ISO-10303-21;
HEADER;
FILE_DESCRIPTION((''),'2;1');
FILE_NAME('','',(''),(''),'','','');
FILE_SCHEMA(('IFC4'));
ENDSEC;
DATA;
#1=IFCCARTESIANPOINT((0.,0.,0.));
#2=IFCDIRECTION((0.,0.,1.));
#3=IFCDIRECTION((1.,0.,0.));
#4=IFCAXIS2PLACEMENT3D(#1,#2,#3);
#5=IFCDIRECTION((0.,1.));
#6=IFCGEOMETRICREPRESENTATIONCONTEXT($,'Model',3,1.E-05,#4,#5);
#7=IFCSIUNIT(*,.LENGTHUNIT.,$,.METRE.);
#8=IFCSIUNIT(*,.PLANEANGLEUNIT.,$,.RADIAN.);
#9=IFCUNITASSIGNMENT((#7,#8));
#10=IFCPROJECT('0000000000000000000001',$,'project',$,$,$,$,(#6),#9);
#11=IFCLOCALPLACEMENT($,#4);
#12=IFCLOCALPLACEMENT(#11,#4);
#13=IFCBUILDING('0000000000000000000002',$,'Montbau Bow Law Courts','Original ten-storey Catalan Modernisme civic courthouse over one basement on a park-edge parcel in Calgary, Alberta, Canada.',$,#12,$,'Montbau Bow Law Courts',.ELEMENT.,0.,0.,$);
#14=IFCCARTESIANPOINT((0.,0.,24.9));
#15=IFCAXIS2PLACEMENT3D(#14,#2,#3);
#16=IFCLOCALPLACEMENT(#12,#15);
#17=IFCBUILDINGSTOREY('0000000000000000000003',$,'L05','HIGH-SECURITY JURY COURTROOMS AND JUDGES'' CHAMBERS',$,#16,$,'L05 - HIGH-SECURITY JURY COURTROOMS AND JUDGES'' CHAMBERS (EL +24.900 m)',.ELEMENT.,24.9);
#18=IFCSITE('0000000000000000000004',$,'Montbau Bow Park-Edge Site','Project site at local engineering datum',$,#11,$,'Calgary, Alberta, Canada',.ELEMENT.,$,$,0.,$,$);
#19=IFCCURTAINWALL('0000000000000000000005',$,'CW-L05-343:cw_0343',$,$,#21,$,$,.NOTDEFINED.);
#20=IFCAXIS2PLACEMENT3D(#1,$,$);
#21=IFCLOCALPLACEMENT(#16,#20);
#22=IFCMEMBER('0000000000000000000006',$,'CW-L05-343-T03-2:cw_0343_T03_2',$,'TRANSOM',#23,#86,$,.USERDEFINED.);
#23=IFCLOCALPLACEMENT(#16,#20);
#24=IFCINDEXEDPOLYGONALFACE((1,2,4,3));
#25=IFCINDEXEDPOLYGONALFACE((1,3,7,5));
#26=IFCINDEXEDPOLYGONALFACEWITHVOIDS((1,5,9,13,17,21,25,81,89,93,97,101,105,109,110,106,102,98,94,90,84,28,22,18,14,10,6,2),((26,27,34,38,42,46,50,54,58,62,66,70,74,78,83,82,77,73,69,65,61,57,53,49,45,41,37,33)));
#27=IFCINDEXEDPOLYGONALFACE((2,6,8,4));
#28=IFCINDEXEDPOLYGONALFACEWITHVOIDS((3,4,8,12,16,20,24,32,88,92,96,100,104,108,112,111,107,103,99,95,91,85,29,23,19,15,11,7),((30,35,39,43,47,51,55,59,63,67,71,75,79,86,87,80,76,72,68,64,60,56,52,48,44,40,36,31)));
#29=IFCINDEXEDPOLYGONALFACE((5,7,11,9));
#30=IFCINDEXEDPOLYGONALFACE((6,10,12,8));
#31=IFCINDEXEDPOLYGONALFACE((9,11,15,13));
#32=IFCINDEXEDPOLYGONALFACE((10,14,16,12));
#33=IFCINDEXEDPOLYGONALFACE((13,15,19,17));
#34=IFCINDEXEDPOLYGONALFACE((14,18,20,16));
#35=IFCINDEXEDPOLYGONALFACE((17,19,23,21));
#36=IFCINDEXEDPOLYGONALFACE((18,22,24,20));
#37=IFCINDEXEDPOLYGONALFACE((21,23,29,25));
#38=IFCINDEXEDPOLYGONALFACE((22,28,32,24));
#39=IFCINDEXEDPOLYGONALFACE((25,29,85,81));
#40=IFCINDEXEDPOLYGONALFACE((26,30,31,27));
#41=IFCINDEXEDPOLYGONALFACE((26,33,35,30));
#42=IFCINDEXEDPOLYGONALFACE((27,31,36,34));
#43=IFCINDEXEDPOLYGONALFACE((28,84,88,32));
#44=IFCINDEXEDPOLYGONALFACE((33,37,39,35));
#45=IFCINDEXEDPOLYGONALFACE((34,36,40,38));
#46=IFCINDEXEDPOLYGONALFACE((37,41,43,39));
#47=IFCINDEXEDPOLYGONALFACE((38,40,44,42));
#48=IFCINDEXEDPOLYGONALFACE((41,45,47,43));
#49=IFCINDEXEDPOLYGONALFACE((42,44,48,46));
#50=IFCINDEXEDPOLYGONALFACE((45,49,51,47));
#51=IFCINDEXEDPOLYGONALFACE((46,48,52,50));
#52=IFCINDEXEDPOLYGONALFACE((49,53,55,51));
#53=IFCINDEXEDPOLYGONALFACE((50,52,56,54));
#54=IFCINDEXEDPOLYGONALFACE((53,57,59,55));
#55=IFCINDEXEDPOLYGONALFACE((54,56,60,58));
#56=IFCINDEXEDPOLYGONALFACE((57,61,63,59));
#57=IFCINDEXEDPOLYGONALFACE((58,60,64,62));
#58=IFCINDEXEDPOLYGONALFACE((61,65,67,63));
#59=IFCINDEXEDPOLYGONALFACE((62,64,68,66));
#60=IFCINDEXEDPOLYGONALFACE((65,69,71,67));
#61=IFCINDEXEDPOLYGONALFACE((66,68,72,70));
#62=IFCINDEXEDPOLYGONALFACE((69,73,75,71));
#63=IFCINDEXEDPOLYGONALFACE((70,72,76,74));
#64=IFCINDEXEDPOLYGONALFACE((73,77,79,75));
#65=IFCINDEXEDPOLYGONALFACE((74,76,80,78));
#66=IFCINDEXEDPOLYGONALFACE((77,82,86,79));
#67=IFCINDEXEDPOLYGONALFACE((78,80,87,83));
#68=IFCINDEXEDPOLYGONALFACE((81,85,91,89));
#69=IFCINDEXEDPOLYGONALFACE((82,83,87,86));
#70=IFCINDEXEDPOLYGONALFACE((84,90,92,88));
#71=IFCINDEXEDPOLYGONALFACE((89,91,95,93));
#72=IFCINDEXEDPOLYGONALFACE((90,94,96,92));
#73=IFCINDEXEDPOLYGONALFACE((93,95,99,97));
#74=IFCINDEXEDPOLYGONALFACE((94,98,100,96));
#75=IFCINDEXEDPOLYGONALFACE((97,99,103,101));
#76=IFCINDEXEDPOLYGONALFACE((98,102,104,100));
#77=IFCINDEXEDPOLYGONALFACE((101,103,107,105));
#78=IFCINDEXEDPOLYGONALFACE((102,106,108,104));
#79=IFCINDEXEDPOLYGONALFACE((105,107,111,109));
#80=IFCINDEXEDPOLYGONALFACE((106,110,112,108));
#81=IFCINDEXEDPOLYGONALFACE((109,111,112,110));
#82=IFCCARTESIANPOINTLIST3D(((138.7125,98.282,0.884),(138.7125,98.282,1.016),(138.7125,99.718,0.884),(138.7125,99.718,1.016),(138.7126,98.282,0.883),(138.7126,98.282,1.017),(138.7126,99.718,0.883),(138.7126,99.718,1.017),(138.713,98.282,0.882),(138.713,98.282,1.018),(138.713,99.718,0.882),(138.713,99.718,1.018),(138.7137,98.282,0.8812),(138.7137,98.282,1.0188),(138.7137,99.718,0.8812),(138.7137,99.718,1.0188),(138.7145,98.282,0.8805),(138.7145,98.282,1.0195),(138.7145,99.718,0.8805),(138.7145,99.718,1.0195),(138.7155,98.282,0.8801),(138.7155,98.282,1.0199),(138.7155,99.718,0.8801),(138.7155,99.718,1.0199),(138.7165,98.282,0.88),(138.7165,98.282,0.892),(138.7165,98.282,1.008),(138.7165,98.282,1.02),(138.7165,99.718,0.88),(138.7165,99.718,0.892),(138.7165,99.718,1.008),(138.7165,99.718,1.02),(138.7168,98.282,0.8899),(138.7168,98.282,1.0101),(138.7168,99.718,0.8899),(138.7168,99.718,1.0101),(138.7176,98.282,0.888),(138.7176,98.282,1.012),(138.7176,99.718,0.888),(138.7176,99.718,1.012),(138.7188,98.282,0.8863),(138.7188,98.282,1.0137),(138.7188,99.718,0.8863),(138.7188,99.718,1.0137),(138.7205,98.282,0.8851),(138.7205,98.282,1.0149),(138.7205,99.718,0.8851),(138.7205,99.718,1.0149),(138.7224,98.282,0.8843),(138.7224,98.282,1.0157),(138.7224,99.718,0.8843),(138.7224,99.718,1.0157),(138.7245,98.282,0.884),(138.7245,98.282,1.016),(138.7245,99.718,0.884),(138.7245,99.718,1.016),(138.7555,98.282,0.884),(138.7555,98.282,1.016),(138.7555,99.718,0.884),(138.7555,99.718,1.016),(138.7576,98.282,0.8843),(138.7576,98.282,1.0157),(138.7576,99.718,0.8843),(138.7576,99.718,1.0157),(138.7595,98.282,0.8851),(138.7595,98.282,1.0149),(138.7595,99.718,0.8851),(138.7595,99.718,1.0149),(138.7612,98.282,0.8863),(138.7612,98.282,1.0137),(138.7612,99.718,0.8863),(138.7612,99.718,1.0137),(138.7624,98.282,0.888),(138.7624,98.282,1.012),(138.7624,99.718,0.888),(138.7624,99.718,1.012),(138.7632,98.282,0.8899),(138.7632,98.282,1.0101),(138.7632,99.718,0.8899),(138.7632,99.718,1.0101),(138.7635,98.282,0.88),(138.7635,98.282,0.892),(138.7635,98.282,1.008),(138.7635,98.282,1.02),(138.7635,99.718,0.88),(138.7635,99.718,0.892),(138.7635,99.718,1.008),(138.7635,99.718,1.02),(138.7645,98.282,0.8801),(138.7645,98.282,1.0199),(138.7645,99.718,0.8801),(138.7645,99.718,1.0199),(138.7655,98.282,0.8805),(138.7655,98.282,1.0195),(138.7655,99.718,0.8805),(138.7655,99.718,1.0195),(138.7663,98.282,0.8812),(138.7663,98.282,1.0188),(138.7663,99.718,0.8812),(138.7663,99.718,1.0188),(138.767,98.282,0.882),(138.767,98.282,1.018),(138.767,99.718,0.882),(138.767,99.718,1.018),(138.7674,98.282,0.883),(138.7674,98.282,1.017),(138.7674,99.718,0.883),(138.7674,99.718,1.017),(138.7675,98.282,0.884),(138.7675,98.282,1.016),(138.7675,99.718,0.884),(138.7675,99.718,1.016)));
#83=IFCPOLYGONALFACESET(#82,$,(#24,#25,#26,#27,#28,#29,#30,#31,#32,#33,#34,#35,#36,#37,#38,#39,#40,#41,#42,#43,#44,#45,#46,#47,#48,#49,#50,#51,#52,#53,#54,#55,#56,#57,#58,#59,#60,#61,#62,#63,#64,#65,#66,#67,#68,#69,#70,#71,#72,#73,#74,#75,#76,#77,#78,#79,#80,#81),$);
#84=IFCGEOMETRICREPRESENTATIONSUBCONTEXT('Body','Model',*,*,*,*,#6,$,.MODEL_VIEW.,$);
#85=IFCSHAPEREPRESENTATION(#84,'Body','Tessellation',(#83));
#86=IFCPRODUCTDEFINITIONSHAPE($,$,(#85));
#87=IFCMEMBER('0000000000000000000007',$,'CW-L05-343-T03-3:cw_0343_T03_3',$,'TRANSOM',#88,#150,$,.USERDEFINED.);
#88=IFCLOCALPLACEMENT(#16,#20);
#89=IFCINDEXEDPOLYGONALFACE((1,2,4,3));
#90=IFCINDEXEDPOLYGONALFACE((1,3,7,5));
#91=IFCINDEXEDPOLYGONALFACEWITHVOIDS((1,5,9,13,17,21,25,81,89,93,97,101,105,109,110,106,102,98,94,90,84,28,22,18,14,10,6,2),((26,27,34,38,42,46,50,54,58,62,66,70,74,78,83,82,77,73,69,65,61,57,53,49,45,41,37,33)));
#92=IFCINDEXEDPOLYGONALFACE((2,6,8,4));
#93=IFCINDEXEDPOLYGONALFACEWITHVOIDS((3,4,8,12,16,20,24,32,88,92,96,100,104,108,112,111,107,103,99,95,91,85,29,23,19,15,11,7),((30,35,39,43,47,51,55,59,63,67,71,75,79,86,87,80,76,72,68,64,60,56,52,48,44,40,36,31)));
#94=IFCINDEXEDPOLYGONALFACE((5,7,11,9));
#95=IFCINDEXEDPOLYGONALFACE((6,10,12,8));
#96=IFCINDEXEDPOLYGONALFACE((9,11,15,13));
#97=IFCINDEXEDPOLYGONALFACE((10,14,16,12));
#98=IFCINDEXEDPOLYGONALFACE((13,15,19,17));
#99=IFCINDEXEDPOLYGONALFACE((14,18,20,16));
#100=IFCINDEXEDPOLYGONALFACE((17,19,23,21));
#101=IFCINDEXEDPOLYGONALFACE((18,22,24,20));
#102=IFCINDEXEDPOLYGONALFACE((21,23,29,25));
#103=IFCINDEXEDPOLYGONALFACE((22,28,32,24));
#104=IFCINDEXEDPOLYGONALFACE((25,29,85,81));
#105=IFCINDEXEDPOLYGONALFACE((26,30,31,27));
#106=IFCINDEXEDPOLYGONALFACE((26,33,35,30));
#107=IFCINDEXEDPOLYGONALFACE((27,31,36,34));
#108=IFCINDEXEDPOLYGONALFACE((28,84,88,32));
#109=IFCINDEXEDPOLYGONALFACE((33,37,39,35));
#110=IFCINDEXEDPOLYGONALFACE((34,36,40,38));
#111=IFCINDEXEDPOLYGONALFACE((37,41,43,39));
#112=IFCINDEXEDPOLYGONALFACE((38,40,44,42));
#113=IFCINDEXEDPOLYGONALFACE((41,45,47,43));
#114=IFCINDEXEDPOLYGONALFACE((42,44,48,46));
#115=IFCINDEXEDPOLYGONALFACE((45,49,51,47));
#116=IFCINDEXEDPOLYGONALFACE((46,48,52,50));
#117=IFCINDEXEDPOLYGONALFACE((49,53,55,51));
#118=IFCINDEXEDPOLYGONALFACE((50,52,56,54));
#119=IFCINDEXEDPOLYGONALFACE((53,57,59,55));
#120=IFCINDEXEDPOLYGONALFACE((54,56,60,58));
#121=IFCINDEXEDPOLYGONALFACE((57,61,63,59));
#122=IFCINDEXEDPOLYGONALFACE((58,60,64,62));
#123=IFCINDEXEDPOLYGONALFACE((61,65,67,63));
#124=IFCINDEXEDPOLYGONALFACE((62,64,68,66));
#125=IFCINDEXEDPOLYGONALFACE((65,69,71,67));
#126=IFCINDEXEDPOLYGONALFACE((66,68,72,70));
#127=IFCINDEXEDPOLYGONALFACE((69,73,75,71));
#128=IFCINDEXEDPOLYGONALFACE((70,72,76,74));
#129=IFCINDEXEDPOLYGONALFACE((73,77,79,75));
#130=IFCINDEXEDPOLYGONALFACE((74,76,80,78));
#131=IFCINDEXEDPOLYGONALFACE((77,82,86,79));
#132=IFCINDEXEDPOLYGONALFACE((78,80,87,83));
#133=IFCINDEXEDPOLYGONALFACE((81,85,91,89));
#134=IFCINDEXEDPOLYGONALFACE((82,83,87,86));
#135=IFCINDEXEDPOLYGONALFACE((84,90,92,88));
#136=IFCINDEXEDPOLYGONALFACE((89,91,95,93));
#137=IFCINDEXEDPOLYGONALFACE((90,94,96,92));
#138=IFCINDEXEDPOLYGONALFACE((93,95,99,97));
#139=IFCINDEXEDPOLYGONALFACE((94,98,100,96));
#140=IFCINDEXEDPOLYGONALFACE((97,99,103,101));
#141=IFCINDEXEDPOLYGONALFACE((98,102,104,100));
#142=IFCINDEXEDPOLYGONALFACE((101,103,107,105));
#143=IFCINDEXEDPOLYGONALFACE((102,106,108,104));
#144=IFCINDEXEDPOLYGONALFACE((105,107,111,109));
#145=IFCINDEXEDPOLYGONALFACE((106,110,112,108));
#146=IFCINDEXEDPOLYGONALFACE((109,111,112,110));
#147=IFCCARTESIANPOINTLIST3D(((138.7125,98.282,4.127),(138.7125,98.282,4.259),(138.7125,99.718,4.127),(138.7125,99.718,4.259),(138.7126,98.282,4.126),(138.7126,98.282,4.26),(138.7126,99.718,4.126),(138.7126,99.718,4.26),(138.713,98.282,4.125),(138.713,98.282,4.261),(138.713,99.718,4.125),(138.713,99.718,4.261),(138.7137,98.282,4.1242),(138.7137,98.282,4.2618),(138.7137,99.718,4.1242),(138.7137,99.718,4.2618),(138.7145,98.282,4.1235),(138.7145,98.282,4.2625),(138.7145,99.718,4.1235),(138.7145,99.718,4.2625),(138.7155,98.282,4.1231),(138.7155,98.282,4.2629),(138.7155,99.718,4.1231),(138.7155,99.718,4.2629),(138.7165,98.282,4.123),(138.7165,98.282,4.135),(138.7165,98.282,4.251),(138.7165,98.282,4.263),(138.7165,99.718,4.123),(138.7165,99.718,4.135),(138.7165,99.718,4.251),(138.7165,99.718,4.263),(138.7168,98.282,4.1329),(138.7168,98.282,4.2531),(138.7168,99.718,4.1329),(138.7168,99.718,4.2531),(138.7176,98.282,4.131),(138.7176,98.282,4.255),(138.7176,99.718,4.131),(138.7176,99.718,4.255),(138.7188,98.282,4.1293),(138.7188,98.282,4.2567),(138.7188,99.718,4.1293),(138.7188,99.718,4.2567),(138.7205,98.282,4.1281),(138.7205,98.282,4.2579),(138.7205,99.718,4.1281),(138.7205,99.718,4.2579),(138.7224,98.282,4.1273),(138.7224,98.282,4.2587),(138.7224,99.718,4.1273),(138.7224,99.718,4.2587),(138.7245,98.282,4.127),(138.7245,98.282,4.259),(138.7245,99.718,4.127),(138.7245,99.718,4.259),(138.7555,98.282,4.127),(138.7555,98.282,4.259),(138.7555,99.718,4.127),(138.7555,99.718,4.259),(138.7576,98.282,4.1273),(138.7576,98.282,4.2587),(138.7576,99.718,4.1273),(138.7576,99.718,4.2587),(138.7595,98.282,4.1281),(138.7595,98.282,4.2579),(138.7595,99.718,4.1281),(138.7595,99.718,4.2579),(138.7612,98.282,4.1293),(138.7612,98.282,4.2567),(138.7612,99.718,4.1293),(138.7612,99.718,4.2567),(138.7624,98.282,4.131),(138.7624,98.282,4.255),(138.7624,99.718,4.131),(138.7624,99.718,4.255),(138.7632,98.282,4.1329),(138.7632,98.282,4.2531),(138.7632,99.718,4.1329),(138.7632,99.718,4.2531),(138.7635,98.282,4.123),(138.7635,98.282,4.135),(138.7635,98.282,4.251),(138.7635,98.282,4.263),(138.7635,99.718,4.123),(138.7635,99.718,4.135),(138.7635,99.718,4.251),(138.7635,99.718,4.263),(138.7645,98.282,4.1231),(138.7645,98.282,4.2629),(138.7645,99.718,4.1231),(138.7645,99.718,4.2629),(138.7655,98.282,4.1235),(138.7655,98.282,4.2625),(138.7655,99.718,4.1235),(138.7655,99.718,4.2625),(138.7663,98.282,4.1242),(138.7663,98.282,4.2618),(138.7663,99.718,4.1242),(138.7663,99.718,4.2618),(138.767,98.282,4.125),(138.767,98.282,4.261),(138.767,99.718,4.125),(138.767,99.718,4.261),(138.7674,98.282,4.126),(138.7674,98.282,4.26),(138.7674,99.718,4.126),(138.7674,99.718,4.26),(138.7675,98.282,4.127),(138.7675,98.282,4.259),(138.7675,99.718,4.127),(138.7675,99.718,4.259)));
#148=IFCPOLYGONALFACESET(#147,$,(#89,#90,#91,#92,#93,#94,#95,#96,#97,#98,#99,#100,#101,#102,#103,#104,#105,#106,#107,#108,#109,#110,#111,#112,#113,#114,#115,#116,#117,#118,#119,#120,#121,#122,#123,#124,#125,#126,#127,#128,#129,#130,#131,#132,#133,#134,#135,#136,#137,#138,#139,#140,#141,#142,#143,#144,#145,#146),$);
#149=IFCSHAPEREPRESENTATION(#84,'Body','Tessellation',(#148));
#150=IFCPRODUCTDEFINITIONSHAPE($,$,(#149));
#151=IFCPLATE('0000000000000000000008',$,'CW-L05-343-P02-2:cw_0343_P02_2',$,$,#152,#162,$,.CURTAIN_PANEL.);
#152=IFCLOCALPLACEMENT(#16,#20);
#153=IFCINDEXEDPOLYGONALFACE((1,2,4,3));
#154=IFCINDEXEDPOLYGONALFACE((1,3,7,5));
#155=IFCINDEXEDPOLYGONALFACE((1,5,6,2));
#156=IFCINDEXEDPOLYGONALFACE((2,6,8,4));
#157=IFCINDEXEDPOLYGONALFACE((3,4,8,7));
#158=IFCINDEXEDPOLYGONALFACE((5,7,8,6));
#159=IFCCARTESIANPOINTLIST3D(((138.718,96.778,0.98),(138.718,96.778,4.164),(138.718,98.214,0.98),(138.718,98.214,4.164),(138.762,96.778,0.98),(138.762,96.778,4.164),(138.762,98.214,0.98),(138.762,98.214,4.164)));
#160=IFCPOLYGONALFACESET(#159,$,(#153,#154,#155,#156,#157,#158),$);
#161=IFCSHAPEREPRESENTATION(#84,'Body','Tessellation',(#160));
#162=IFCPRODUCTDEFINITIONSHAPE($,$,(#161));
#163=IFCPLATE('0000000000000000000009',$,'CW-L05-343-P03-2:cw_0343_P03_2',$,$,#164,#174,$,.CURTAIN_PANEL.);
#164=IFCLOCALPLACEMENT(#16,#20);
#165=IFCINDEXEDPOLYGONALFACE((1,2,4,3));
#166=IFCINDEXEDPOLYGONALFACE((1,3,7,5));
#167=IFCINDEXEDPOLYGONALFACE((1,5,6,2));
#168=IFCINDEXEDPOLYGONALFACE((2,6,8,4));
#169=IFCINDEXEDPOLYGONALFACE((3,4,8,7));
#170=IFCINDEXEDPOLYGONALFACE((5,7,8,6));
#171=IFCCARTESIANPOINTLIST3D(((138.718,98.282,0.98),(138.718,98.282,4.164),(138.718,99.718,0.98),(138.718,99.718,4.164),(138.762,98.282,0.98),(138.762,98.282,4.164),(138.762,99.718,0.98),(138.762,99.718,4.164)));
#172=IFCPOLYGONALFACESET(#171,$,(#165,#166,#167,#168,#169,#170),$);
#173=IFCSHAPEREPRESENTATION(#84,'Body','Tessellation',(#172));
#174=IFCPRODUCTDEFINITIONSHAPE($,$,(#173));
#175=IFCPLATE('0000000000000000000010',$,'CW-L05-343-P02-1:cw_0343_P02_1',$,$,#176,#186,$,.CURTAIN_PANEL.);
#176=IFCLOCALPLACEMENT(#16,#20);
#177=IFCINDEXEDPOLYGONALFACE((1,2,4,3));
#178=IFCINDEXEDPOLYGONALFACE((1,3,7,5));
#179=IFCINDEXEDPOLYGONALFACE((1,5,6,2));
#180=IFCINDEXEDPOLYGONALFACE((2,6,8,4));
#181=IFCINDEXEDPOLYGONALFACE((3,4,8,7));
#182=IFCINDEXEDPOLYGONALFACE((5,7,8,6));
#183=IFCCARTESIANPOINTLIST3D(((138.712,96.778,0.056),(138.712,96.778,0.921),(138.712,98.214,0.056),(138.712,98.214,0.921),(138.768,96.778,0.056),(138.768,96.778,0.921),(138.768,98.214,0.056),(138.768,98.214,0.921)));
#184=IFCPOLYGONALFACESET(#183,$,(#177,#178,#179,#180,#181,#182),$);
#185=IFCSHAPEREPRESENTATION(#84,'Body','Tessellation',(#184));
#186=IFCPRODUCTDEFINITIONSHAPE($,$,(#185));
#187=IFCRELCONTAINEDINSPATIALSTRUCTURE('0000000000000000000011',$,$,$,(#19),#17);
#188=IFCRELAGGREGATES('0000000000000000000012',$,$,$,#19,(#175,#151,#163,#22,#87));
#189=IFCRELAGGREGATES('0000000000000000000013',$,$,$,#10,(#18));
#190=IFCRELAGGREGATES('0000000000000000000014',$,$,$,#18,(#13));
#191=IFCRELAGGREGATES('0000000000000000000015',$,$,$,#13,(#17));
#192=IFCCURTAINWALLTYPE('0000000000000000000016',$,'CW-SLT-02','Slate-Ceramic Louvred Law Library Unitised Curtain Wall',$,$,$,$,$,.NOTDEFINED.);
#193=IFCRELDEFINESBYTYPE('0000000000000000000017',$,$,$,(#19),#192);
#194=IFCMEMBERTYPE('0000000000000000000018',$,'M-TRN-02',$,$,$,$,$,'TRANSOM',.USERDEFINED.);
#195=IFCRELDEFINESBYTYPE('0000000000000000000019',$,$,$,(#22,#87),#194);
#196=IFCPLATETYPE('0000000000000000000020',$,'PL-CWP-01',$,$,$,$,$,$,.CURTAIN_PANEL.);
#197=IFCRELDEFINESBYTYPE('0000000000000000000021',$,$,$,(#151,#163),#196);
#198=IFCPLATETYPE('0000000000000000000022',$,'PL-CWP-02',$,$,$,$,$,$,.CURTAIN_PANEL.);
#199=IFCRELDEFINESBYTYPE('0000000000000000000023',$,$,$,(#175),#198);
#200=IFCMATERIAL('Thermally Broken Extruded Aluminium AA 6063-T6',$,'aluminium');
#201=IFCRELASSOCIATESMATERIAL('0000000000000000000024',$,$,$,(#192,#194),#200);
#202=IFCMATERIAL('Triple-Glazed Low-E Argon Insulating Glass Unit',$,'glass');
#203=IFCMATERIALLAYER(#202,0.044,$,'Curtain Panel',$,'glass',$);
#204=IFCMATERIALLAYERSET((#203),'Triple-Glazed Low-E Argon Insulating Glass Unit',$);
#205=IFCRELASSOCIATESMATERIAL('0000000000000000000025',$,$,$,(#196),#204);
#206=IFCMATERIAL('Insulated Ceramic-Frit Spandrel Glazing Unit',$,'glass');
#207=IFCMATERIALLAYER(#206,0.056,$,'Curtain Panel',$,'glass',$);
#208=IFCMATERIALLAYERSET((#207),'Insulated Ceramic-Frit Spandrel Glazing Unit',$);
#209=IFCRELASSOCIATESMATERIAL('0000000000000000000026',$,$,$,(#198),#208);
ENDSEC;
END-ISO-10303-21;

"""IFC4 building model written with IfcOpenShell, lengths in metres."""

from ifc_helpers import new_model, si_unit, direction, frame, frame_2d, origin_with_axes, origin_2d_with_axis, place, context, subcontext, project, spatial, rectangle, hollow_rectangle, extrude, material, layer, layer_set, material_profile, profile_set, type_object, element, aggregate, save


model = new_model("IFC4")

# Units and contexts
model_context = context("Model", 3, precision=1e-05, world=origin_with_axes(), true_north=direction((0.0, 1.0)))
body_context = subcontext(model_context, "Body", "Model", "MODEL_VIEW")
ifc_project = project(units=[si_unit("LENGTHUNIT", "METRE"), si_unit("PLANEANGLEUNIT", "RADIAN")], contexts=[model_context])

# Site, building, storey
site_placement = place(None, origin_with_axes())
site = spatial("IfcSite", under=ifc_project, at=site_placement, Name="Montbau Bow Park-Edge Site", Description="Project site at local engineering datum", LongName="Calgary, Alberta, Canada", CompositionType="ELEMENT", RefElevation=0.0)
building_placement = place(site_placement, origin_with_axes())
building = spatial("IfcBuilding", under=site, at=building_placement, Name="Montbau Bow Law Courts", Description="Original ten-storey Catalan Modernisme civic courthouse over one basement on a park-edge parcel in Calgary, Alberta, Canada.", LongName="Montbau Bow Law Courts", CompositionType="ELEMENT", ElevationOfRefHeight=0.0, ElevationOfTerrain=0.0)
storey_placement = place(building_placement, frame((0.0, 0.0, 24.9), z_axis=(0.0, 0.0, 1.0), x_axis=(1.0, 0.0, 0.0)))
storey = spatial("IfcBuildingStorey", under=building, at=storey_placement, Name="L05", Description="HIGH-SECURITY JURY COURTROOMS AND JUDGES' CHAMBERS", LongName="L05 - HIGH-SECURITY JURY COURTROOMS AND JUDGES' CHAMBERS (EL +24.900 m)", CompositionType="ELEMENT", Elevation=24.9)

# Curtain wall, members, plates
ifc_material_1 = material(Name="Thermally Broken Extruded Aluminium AA 6063-T6", Category="aluminium")
curtain_wall_type = type_object("IfcCurtainWallType", Name="CW-SLT-02", Description="Slate-Ceramic Louvred Law Library Unitised Curtain Wall", PredefinedType="NOTDEFINED", material=ifc_material_1)
curtain_wall_placement = place(None, frame((138.74, 95.24, 24.9), z_axis=(0.0, 0.0, 1.0), x_axis=(1.0, 0.0, 0.0)))
curtain_wall = element("IfcCurtainWall", 1, at=curtain_wall_placement, inside=storey, type_object=curtain_wall_type, Name="CW-L05-343:cw_0343", PredefinedType="NOTDEFINED")
ifc_material_profile_1 = material_profile(ifc_material_1, hollow_rectangle(XDim=0.055, YDim=0.14, WallThickness=0.004, InnerFilletRadius=0.008, OuterFilletRadius=0.004, at=origin_2d_with_axis()), Name="CWT-140X55", Category="Main", Priority=0)
ifc_profile_set_1 = profile_set([ifc_material_profile_1], Name="Thermally Broken Extruded Aluminium AA 6063-T6")
member_type_1 = type_object("IfcMemberType", Name="M-TRN-02", ElementType="TRANSOM", PredefinedType="USERDEFINED", material=ifc_profile_set_1)
member_1_placement = place(None, frame((138.74, 98.282, 25.85), z_axis=(0.0, 1.0, 0.0), x_axis=(-1.0, 0.0, 0.0)))
member_1 = element("IfcMember", 2, at=member_1_placement, type_object=member_type_1, Name="CW-L05-343-T03-2:cw_0343_T03_2", ObjectType="TRANSOM", PredefinedType="USERDEFINED", context=body_context, shape_type="SweptSolid", body=[
    extrude(hollow_rectangle(XDim=0.055, YDim=0.14, WallThickness=0.004, InnerFilletRadius=0.008, OuterFilletRadius=0.004, at=origin_2d_with_axis()), origin_with_axes(), (0.0, 0.0, 1.0), 1.436),
])
member_2_placement = place(None, frame((138.74, 98.282, 29.093), z_axis=(0.0, 1.0, 0.0), x_axis=(-1.0, 0.0, 0.0)))
member_2 = element("IfcMember", 3, at=member_2_placement, type_object=member_type_1, Name="CW-L05-343-T03-3:cw_0343_T03_3", ObjectType="TRANSOM", PredefinedType="USERDEFINED", context=body_context, shape_type="SweptSolid", body=[
    extrude(hollow_rectangle(XDim=0.055, YDim=0.14, WallThickness=0.004, InnerFilletRadius=0.008, OuterFilletRadius=0.004, at=origin_2d_with_axis()), origin_with_axes(), (0.0, 0.0, 1.0), 1.436),
])
ifc_material_2 = material(Name="Triple-Glazed Low-E Argon Insulating Glass Unit", Category="glass")
ifc_layer_1 = layer(ifc_material_2, 0.044, Name="Curtain Panel", Category="glass")
ifc_layer_set_1 = layer_set([ifc_layer_1], Name="Triple-Glazed Low-E Argon Insulating Glass Unit")
plate_type_1 = type_object("IfcPlateType", Name="PL-CWP-01", PredefinedType="CURTAIN_PANEL", material=ifc_layer_set_1)
plate_1_placement = place(None, frame((138.74, 96.778, 25.88), z_axis=(1.0, 0.0, 0.0), x_axis=(0.0, 1.0, 0.0)))
plate_1 = element("IfcPlate", 4, at=plate_1_placement, type_object=plate_type_1, Name="CW-L05-343-P02-2:cw_0343_P02_2", PredefinedType="CURTAIN_PANEL", context=body_context, shape_type="SweptSolid", body=[
    extrude(rectangle(XDim=1.436, YDim=3.184, at=frame_2d((0.718, 1.592), x_axis=(1.0, 0.0))), frame((0.0, 0.0, -0.022), z_axis=(0.0, 0.0, 1.0), x_axis=(1.0, 0.0, 0.0)), (0.0, 0.0, 1.0), 0.044),
])
plate_2_placement = place(None, frame((138.74, 98.282, 25.88), z_axis=(1.0, 0.0, 0.0), x_axis=(0.0, 1.0, 0.0)))
plate_2 = element("IfcPlate", 5, at=plate_2_placement, type_object=plate_type_1, Name="CW-L05-343-P03-2:cw_0343_P03_2", PredefinedType="CURTAIN_PANEL", context=body_context, shape_type="SweptSolid", body=[
    extrude(rectangle(XDim=1.436, YDim=3.184, at=frame_2d((0.718, 1.592), x_axis=(1.0, 0.0))), frame((0.0, 0.0, -0.022), z_axis=(0.0, 0.0, 1.0), x_axis=(1.0, 0.0, 0.0)), (0.0, 0.0, 1.0), 0.044),
])
ifc_material_3 = material(Name="Insulated Ceramic-Frit Spandrel Glazing Unit", Category="glass")
ifc_layer_2 = layer(ifc_material_3, 0.056, Name="Curtain Panel", Category="glass")
ifc_layer_set_2 = layer_set([ifc_layer_2], Name="Insulated Ceramic-Frit Spandrel Glazing Unit")
plate_type_2 = type_object("IfcPlateType", Name="PL-CWP-02", PredefinedType="CURTAIN_PANEL", material=ifc_layer_set_2)
plate_3_placement = place(None, frame((138.74, 96.778, 24.956), z_axis=(1.0, 0.0, 0.0), x_axis=(0.0, 1.0, 0.0)))
plate_3 = element("IfcPlate", 6, at=plate_3_placement, type_object=plate_type_2, Name="CW-L05-343-P02-1:cw_0343_P02_1", PredefinedType="CURTAIN_PANEL", context=body_context, shape_type="SweptSolid", body=[
    extrude(rectangle(XDim=1.436, YDim=0.865, at=frame_2d((0.718, 0.4325), x_axis=(1.0, 0.0))), frame((0.0, 0.0, -0.028), z_axis=(0.0, 0.0, 1.0), x_axis=(1.0, 0.0, 0.0)), (0.0, 0.0, 1.0), 0.056),
])
aggregate(curtain_wall, [plate_3, plate_1, plate_2, member_1, member_2])

save(model, "model.ifc")
